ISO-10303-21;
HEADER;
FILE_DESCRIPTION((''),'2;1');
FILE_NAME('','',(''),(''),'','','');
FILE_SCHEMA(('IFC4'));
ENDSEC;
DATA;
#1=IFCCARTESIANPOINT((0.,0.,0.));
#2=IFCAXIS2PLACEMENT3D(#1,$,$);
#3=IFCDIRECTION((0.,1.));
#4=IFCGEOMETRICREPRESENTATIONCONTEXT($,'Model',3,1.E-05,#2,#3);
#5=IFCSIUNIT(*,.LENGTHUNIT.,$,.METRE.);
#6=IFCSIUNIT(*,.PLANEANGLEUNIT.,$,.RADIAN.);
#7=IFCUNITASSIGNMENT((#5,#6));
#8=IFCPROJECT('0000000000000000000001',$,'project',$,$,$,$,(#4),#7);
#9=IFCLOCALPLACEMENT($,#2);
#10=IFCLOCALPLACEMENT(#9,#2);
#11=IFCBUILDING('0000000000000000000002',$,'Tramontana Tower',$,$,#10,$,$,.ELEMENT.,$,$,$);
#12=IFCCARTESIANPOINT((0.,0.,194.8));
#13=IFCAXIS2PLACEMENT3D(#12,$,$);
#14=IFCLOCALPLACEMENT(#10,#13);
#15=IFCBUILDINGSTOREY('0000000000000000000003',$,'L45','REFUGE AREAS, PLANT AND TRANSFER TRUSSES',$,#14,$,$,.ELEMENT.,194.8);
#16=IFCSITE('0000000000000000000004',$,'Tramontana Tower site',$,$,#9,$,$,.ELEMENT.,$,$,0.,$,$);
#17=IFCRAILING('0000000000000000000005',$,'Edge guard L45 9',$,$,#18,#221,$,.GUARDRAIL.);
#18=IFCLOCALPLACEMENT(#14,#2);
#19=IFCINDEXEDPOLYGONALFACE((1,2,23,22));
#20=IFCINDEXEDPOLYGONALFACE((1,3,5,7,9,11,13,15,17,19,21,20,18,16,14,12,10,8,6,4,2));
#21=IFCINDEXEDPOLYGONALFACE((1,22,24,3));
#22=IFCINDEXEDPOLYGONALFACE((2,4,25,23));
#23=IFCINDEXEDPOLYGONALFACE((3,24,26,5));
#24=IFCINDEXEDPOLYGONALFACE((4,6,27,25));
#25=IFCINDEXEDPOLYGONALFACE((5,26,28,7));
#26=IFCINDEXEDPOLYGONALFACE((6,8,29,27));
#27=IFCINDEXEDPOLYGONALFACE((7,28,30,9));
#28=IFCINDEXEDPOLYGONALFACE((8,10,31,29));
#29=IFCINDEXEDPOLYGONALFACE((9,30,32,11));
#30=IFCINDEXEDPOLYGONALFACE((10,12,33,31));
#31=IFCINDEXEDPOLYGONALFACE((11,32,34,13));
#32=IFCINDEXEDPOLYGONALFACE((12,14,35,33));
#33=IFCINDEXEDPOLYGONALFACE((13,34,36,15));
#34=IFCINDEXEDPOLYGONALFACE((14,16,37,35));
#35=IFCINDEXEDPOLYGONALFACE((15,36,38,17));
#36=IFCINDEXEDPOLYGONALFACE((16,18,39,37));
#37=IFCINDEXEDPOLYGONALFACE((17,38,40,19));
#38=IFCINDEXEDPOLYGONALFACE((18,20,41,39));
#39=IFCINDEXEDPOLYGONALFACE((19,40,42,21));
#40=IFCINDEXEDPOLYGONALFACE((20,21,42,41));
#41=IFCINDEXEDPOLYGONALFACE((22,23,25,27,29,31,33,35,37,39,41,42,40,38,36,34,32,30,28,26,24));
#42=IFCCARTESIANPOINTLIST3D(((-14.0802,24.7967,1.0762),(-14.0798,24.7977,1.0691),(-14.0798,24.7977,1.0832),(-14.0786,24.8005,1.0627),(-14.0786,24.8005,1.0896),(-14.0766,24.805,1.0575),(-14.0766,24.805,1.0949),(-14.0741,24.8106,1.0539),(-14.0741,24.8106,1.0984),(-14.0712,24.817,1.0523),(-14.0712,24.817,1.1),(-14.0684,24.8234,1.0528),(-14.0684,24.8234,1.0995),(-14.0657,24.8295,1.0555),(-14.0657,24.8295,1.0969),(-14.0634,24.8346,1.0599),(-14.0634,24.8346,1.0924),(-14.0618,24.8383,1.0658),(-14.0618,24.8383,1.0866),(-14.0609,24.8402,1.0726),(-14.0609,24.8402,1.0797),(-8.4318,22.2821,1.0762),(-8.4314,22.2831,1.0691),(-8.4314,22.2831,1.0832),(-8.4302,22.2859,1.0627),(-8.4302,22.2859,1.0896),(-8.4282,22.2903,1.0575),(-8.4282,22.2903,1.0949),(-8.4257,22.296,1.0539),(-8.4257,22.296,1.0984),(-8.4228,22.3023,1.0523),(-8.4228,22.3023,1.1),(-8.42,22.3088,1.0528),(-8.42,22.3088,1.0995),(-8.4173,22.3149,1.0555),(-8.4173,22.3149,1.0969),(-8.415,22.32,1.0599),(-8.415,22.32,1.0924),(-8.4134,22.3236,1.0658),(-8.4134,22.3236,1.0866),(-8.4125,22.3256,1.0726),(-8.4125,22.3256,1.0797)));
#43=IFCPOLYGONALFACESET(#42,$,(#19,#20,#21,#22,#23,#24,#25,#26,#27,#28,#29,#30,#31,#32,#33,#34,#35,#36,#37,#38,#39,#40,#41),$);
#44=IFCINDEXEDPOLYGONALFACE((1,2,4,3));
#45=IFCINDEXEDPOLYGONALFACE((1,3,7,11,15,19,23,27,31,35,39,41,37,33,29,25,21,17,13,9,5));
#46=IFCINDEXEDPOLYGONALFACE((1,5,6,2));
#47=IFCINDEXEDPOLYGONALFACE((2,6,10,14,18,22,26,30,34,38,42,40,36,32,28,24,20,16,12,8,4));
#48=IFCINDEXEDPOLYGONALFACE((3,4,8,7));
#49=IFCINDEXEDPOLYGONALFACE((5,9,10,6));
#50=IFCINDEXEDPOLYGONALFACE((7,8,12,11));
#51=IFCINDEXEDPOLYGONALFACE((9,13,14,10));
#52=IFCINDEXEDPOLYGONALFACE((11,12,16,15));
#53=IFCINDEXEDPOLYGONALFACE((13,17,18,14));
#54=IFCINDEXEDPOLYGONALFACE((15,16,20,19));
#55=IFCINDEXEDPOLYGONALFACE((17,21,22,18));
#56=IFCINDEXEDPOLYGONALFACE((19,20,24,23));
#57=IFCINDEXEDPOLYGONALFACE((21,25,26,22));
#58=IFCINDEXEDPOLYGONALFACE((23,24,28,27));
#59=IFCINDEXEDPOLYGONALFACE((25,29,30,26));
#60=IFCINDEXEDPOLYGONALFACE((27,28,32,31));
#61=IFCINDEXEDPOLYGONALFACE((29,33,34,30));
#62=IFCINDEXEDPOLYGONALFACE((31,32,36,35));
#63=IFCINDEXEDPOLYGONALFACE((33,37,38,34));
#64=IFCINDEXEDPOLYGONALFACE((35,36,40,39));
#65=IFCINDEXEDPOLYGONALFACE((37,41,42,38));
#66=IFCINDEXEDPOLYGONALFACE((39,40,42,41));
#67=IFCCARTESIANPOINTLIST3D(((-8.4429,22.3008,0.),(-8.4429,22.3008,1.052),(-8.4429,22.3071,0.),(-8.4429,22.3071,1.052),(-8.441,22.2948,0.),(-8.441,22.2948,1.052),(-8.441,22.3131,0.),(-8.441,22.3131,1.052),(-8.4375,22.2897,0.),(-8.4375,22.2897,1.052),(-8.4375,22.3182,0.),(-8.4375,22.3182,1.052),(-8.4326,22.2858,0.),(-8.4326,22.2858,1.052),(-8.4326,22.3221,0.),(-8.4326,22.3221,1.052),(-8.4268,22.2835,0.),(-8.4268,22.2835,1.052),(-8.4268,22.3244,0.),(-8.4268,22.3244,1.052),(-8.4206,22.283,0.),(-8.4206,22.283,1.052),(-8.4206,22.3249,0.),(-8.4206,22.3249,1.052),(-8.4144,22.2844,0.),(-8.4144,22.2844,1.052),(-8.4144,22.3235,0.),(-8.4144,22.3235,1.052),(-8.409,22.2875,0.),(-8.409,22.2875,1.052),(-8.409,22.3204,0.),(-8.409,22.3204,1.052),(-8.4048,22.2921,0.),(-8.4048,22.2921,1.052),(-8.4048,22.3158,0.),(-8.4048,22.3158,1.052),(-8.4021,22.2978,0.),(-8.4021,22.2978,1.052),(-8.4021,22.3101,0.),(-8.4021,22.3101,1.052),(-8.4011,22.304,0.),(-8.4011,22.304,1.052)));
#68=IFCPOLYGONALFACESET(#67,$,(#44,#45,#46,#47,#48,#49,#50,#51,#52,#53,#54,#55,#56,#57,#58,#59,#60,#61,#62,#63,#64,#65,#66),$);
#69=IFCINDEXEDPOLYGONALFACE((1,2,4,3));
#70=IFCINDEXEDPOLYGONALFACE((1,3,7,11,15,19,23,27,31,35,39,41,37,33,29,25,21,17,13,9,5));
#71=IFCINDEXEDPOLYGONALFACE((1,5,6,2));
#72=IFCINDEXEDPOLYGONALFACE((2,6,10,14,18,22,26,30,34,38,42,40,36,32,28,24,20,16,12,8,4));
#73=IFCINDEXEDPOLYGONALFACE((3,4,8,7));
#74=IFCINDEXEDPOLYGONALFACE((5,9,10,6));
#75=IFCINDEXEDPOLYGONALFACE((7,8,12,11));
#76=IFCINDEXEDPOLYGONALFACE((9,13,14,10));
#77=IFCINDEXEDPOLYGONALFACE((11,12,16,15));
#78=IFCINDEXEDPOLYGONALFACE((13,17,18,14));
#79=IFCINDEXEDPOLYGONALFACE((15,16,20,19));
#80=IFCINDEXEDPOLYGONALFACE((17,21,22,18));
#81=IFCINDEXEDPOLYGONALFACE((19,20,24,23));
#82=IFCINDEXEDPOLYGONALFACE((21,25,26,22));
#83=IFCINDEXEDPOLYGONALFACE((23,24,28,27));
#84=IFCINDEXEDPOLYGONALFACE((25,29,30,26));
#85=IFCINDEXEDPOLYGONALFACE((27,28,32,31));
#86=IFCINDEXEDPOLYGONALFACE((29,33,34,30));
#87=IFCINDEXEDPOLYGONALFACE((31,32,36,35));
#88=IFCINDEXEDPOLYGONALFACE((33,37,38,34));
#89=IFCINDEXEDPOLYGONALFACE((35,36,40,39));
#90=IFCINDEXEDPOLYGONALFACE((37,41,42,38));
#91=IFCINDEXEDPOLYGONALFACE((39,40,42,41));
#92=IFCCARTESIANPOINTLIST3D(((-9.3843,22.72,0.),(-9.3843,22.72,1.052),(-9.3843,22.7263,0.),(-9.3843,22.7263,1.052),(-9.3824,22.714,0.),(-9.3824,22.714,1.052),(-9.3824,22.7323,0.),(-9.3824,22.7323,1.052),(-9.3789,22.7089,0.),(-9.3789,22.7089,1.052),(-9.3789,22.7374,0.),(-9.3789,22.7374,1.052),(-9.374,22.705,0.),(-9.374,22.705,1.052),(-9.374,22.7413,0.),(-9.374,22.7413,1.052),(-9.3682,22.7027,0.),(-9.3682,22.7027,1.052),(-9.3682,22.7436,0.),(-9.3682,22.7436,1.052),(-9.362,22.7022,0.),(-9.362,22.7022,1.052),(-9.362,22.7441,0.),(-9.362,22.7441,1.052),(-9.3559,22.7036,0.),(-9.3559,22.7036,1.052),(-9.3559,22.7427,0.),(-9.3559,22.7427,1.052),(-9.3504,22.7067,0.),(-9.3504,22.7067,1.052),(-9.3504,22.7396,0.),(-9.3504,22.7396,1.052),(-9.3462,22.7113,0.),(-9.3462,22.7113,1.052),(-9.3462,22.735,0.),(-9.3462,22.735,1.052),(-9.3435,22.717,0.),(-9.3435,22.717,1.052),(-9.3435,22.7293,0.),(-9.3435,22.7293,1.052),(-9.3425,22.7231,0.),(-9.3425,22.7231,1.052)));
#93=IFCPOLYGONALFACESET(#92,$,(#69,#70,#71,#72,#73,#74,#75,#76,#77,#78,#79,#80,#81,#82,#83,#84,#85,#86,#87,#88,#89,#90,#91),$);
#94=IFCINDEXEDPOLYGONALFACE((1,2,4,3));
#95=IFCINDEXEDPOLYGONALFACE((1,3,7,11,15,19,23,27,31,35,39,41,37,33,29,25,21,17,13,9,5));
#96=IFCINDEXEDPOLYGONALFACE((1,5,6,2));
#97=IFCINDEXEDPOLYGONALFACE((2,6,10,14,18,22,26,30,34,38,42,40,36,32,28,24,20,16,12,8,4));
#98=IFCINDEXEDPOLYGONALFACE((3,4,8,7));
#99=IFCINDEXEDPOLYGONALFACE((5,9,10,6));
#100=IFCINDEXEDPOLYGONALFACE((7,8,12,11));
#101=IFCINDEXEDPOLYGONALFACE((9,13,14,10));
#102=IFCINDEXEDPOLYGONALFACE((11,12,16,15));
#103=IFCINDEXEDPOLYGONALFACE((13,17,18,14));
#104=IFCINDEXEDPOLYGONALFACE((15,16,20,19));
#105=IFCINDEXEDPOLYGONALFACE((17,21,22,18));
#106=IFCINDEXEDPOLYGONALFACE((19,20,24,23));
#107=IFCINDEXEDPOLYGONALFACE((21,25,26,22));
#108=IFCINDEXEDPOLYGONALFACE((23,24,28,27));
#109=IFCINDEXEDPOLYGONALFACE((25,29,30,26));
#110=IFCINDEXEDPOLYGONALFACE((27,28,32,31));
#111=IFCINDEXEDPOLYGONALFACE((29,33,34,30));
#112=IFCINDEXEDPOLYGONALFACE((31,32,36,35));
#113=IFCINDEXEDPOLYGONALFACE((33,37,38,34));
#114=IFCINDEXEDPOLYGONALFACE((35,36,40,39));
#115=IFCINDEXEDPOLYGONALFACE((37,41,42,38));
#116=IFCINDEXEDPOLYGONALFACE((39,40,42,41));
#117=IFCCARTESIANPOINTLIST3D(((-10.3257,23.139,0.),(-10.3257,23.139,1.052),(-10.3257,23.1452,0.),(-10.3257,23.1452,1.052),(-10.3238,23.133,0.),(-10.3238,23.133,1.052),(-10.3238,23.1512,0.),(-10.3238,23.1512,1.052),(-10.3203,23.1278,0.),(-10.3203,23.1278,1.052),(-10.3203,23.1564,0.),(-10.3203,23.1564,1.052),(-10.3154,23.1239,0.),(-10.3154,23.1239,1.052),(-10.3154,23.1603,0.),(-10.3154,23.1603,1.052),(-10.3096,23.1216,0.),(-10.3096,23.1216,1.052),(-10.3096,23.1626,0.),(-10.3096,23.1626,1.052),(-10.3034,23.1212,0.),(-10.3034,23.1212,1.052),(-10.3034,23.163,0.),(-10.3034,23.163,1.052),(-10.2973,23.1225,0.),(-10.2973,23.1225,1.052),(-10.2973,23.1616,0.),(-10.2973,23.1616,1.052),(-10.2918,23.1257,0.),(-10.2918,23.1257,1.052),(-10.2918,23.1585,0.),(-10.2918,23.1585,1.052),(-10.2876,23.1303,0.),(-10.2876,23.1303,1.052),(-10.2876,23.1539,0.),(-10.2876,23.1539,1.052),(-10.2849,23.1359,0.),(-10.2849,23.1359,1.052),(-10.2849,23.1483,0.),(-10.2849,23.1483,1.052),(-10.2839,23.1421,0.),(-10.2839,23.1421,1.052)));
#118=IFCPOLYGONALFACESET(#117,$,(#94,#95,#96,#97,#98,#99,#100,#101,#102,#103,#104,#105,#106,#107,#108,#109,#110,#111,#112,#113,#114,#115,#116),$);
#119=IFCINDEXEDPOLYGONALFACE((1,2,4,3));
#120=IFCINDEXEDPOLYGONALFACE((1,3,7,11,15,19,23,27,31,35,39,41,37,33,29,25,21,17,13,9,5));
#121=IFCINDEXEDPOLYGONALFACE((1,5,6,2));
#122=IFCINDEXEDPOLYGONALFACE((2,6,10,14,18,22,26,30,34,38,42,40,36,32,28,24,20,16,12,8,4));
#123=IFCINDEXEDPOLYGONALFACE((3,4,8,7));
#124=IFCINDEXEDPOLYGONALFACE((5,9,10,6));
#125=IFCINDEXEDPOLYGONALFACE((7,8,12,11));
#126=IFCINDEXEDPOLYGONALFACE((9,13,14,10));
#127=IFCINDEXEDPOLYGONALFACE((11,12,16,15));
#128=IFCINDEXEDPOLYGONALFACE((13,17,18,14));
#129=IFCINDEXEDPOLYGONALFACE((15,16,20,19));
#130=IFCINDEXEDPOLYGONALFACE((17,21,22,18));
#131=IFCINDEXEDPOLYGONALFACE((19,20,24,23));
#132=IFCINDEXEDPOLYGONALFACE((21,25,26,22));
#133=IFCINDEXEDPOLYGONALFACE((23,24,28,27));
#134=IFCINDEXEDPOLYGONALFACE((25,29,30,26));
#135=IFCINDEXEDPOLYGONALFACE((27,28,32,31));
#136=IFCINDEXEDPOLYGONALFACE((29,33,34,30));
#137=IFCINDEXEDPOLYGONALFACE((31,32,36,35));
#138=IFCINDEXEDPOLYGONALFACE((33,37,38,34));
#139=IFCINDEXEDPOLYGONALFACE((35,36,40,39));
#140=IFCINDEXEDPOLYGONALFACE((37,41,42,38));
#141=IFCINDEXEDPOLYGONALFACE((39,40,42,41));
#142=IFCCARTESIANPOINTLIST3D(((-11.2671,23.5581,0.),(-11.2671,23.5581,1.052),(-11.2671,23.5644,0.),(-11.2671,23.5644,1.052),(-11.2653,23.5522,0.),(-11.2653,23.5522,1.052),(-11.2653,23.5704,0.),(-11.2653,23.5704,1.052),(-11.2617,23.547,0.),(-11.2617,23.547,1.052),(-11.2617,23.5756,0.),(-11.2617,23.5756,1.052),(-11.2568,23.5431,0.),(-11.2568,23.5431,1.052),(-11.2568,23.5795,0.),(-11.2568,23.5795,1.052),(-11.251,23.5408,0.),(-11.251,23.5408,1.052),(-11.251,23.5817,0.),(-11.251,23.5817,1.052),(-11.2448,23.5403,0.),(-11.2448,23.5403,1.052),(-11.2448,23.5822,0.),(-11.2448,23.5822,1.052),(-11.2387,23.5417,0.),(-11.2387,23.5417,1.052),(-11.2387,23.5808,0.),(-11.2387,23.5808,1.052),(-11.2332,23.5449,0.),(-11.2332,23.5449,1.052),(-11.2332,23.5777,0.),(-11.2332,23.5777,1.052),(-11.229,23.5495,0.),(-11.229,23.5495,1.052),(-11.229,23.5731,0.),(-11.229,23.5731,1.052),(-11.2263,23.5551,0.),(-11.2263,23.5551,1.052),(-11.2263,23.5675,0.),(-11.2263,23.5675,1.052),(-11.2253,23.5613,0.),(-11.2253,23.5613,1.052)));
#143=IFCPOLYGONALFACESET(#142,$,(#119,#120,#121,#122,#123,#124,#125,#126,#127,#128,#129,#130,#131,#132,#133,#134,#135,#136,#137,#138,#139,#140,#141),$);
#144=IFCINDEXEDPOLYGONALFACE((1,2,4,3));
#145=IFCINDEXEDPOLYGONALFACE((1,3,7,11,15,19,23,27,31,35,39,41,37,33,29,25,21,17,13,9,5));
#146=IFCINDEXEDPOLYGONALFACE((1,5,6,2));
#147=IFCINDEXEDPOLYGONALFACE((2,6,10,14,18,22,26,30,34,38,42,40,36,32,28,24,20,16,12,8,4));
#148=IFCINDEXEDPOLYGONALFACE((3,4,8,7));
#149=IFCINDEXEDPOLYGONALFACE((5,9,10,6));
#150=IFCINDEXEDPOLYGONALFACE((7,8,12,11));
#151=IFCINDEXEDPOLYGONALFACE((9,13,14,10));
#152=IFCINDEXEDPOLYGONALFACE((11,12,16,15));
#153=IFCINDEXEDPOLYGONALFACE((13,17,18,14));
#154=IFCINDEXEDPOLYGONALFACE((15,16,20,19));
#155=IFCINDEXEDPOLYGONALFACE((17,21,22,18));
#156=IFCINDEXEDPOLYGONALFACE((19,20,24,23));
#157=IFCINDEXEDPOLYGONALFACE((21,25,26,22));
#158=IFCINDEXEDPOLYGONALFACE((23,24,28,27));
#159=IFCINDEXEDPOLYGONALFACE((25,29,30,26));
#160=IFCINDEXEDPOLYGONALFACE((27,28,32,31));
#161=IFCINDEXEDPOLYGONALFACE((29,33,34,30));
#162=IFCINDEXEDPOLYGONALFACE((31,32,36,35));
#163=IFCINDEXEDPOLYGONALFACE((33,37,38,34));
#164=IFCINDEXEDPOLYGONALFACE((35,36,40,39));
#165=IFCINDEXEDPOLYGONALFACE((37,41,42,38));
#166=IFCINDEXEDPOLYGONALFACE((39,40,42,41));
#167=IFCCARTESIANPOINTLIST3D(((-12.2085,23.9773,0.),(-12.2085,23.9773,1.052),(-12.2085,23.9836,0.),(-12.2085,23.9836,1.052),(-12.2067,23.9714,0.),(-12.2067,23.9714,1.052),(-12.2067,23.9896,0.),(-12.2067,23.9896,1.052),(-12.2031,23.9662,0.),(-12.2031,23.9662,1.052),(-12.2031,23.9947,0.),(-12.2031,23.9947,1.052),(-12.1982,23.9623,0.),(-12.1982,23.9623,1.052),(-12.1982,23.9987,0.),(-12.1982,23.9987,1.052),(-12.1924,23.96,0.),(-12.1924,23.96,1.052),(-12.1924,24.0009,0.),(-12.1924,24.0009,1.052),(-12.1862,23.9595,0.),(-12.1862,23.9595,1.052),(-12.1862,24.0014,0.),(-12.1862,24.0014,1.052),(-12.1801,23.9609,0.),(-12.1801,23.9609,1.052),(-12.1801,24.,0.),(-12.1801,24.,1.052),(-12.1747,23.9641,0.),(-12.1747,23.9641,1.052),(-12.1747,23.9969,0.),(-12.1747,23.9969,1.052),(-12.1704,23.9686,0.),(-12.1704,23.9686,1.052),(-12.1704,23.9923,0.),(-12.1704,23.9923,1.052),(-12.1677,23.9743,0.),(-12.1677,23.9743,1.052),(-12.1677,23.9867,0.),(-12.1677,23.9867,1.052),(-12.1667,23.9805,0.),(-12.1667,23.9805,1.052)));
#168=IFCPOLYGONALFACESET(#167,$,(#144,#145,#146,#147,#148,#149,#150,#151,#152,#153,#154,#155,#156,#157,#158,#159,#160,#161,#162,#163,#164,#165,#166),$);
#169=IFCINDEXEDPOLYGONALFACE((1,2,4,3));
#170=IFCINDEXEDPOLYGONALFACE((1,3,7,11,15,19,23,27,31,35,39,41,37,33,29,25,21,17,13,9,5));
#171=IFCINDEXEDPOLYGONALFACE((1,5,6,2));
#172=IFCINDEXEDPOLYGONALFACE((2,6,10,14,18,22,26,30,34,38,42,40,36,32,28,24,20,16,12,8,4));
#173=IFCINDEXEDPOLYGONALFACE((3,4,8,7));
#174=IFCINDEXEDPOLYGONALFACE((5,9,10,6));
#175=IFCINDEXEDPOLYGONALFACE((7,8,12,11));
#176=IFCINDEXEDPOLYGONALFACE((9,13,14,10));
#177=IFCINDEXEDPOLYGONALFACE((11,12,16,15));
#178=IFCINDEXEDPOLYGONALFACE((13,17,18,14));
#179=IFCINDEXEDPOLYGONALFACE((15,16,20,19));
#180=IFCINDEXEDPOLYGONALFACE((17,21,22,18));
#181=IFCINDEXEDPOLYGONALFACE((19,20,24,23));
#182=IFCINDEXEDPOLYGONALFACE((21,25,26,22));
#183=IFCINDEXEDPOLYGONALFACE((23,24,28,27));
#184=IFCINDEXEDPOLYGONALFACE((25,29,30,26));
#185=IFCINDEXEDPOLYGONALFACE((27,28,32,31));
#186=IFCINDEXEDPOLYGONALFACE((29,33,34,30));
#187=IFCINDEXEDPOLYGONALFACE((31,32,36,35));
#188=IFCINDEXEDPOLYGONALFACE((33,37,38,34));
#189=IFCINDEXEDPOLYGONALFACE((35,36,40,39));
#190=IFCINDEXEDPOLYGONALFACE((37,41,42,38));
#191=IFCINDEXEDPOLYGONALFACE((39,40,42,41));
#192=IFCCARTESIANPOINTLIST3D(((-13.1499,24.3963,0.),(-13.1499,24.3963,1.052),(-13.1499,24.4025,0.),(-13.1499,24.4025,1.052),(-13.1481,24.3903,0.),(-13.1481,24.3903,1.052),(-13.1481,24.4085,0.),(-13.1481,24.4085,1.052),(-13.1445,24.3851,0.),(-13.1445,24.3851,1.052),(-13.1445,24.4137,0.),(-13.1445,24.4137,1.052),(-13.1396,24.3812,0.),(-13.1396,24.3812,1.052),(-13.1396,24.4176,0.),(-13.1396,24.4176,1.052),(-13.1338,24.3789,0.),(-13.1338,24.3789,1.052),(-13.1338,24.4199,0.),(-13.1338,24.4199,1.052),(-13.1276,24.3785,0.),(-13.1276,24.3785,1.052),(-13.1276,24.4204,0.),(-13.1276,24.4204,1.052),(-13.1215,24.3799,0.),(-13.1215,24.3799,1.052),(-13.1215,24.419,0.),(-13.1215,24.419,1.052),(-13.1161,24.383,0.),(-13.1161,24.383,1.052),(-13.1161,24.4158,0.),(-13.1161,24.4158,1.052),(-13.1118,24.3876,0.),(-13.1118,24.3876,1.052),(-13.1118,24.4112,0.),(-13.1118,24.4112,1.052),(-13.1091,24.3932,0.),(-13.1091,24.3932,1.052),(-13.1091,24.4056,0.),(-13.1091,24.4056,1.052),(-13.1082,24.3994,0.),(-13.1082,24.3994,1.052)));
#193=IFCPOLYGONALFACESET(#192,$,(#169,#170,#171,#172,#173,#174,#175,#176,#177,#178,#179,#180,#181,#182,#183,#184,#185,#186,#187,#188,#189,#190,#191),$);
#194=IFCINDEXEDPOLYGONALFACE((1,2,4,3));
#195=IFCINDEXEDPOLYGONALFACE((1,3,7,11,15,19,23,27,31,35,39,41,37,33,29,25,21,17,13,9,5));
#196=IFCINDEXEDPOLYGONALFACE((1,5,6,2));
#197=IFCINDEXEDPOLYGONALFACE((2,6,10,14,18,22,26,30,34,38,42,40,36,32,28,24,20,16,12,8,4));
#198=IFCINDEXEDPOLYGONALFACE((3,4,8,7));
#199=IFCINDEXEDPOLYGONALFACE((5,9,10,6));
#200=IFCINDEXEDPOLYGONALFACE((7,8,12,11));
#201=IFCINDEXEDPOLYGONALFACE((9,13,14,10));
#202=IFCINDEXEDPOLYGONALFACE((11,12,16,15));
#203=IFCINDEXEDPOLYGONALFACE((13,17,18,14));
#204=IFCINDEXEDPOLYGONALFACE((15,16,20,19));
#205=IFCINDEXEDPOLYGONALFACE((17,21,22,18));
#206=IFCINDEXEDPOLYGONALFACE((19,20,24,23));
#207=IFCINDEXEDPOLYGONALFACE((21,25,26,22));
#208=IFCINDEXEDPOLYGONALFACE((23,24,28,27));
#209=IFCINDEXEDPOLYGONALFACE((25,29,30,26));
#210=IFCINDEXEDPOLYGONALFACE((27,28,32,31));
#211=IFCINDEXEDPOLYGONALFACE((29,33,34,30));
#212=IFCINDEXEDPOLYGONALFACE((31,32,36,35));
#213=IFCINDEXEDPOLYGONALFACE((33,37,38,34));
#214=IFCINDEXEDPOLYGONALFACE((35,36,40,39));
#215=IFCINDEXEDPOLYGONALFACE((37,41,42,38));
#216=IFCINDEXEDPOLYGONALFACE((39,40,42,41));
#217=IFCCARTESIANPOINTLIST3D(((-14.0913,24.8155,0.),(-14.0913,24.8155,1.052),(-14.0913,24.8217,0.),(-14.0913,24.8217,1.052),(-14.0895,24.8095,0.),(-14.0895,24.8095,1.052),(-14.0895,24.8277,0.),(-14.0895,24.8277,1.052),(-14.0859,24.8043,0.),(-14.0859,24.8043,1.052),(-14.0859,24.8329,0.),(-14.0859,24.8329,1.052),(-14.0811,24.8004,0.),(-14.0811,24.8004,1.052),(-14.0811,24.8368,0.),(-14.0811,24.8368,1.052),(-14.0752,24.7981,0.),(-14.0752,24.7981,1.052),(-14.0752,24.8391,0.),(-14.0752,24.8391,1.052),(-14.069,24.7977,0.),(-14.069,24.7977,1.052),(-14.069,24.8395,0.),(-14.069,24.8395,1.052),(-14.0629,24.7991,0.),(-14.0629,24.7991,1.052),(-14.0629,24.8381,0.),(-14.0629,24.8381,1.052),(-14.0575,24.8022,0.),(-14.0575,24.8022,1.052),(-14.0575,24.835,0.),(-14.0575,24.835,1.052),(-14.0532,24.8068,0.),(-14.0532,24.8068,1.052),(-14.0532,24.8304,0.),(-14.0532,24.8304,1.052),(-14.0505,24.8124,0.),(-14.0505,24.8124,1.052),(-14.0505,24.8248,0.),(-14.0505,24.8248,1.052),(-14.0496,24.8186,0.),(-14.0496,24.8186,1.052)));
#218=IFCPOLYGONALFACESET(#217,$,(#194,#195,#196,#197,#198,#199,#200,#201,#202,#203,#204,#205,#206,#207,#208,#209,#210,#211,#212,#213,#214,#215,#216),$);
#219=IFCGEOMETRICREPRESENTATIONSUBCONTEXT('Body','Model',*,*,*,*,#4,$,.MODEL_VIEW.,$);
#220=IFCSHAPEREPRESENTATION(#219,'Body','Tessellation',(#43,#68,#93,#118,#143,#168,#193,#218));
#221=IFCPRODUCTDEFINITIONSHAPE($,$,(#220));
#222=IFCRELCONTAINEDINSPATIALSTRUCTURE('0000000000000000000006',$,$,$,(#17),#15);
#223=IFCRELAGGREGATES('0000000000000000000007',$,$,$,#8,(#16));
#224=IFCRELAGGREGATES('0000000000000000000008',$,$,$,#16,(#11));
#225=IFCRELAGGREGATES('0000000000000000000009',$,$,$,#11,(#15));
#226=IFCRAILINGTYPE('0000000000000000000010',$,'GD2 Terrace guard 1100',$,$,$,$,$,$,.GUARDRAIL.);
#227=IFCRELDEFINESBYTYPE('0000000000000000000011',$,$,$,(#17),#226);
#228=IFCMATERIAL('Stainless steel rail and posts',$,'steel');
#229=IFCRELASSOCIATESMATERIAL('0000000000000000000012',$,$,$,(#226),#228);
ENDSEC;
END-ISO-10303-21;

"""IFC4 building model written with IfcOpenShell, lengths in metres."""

from ifc_helpers import new_model, si_unit, direction, frame, origin, origin_2d, place, context, subcontext, project, spatial, circle, extrude, material, type_object, element, save


model = new_model("IFC4")

# Units and contexts
model_context = context("Model", 3, precision=1e-05, world=origin(), true_north=direction((0.0, 1.0)))
body_context = subcontext(model_context, "Body", "Model", "MODEL_VIEW")
ifc_project = project(units=[si_unit("LENGTHUNIT", "METRE"), si_unit("PLANEANGLEUNIT", "RADIAN")], contexts=[model_context])

# Site, building, storey
site_placement = place(None, origin())
site = spatial("IfcSite", under=ifc_project, at=site_placement, Name="Tramontana Tower site", CompositionType="ELEMENT", RefElevation=0.0)
building_placement = place(site_placement, origin())
building = spatial("IfcBuilding", under=site, at=building_placement, Name="Tramontana Tower", CompositionType="ELEMENT")
storey_placement = place(building_placement, frame((0.0, 0.0, 194.8)))
storey = spatial("IfcBuildingStorey", under=building, at=storey_placement, Name="L45", Description="REFUGE AREAS, PLANT AND TRANSFER TRUSSES", CompositionType="ELEMENT", Elevation=194.8)

# Railing
ifc_material_1 = material(Name="Stainless steel rail and posts", Category="steel")
railing_type = type_object("IfcRailingType", Name="GD2 Terrace guard 1100", PredefinedType="GUARDRAIL", material=ifc_material_1)
railing_1_placement = place(storey_placement, frame((-8.4221, 22.304, 0.0)))
element("IfcRailing", 1, at=railing_1_placement, inside=storey, type_object=railing_type, Name="Edge guard L45 9", PredefinedType="GUARDRAIL", context=body_context, shape_type="SweptSolid", body=[
    extrude(circle(Radius=0.0239, at=origin_2d()), frame((0.0, 0.0, 1.0762), z_axis=(-0.913557, 0.40671, 0.0), x_axis=(-0.40671, -0.913557, 0.0)), (0.0, 0.0, 1.0), 6.1829),
    extrude(circle(Radius=0.021, at=origin_2d()), origin(), (0.0, 0.0, 1.0), 1.052),
    extrude(circle(Radius=0.021, at=origin_2d()), frame((-0.9414, 0.4192, 0.0)), (0.0, 0.0, 1.0), 1.052),
    extrude(circle(Radius=0.021, at=origin_2d()), frame((-1.8828, 0.8381, 0.0)), (0.0, 0.0, 1.0), 1.052),
    extrude(circle(Radius=0.021, at=origin_2d()), frame((-2.8242, 1.2573, 0.0)), (0.0, 0.0, 1.0), 1.052),
    extrude(circle(Radius=0.021, at=origin_2d()), frame((-3.7656, 1.6765, 0.0)), (0.0, 0.0, 1.0), 1.052),
    extrude(circle(Radius=0.021, at=origin_2d()), frame((-4.707, 2.0955, 0.0)), (0.0, 0.0, 1.0), 1.052),
    extrude(circle(Radius=0.021, at=origin_2d()), frame((-5.6484, 2.5146, 0.0)), (0.0, 0.0, 1.0), 1.052),
])

save(model, "model.ifc")
